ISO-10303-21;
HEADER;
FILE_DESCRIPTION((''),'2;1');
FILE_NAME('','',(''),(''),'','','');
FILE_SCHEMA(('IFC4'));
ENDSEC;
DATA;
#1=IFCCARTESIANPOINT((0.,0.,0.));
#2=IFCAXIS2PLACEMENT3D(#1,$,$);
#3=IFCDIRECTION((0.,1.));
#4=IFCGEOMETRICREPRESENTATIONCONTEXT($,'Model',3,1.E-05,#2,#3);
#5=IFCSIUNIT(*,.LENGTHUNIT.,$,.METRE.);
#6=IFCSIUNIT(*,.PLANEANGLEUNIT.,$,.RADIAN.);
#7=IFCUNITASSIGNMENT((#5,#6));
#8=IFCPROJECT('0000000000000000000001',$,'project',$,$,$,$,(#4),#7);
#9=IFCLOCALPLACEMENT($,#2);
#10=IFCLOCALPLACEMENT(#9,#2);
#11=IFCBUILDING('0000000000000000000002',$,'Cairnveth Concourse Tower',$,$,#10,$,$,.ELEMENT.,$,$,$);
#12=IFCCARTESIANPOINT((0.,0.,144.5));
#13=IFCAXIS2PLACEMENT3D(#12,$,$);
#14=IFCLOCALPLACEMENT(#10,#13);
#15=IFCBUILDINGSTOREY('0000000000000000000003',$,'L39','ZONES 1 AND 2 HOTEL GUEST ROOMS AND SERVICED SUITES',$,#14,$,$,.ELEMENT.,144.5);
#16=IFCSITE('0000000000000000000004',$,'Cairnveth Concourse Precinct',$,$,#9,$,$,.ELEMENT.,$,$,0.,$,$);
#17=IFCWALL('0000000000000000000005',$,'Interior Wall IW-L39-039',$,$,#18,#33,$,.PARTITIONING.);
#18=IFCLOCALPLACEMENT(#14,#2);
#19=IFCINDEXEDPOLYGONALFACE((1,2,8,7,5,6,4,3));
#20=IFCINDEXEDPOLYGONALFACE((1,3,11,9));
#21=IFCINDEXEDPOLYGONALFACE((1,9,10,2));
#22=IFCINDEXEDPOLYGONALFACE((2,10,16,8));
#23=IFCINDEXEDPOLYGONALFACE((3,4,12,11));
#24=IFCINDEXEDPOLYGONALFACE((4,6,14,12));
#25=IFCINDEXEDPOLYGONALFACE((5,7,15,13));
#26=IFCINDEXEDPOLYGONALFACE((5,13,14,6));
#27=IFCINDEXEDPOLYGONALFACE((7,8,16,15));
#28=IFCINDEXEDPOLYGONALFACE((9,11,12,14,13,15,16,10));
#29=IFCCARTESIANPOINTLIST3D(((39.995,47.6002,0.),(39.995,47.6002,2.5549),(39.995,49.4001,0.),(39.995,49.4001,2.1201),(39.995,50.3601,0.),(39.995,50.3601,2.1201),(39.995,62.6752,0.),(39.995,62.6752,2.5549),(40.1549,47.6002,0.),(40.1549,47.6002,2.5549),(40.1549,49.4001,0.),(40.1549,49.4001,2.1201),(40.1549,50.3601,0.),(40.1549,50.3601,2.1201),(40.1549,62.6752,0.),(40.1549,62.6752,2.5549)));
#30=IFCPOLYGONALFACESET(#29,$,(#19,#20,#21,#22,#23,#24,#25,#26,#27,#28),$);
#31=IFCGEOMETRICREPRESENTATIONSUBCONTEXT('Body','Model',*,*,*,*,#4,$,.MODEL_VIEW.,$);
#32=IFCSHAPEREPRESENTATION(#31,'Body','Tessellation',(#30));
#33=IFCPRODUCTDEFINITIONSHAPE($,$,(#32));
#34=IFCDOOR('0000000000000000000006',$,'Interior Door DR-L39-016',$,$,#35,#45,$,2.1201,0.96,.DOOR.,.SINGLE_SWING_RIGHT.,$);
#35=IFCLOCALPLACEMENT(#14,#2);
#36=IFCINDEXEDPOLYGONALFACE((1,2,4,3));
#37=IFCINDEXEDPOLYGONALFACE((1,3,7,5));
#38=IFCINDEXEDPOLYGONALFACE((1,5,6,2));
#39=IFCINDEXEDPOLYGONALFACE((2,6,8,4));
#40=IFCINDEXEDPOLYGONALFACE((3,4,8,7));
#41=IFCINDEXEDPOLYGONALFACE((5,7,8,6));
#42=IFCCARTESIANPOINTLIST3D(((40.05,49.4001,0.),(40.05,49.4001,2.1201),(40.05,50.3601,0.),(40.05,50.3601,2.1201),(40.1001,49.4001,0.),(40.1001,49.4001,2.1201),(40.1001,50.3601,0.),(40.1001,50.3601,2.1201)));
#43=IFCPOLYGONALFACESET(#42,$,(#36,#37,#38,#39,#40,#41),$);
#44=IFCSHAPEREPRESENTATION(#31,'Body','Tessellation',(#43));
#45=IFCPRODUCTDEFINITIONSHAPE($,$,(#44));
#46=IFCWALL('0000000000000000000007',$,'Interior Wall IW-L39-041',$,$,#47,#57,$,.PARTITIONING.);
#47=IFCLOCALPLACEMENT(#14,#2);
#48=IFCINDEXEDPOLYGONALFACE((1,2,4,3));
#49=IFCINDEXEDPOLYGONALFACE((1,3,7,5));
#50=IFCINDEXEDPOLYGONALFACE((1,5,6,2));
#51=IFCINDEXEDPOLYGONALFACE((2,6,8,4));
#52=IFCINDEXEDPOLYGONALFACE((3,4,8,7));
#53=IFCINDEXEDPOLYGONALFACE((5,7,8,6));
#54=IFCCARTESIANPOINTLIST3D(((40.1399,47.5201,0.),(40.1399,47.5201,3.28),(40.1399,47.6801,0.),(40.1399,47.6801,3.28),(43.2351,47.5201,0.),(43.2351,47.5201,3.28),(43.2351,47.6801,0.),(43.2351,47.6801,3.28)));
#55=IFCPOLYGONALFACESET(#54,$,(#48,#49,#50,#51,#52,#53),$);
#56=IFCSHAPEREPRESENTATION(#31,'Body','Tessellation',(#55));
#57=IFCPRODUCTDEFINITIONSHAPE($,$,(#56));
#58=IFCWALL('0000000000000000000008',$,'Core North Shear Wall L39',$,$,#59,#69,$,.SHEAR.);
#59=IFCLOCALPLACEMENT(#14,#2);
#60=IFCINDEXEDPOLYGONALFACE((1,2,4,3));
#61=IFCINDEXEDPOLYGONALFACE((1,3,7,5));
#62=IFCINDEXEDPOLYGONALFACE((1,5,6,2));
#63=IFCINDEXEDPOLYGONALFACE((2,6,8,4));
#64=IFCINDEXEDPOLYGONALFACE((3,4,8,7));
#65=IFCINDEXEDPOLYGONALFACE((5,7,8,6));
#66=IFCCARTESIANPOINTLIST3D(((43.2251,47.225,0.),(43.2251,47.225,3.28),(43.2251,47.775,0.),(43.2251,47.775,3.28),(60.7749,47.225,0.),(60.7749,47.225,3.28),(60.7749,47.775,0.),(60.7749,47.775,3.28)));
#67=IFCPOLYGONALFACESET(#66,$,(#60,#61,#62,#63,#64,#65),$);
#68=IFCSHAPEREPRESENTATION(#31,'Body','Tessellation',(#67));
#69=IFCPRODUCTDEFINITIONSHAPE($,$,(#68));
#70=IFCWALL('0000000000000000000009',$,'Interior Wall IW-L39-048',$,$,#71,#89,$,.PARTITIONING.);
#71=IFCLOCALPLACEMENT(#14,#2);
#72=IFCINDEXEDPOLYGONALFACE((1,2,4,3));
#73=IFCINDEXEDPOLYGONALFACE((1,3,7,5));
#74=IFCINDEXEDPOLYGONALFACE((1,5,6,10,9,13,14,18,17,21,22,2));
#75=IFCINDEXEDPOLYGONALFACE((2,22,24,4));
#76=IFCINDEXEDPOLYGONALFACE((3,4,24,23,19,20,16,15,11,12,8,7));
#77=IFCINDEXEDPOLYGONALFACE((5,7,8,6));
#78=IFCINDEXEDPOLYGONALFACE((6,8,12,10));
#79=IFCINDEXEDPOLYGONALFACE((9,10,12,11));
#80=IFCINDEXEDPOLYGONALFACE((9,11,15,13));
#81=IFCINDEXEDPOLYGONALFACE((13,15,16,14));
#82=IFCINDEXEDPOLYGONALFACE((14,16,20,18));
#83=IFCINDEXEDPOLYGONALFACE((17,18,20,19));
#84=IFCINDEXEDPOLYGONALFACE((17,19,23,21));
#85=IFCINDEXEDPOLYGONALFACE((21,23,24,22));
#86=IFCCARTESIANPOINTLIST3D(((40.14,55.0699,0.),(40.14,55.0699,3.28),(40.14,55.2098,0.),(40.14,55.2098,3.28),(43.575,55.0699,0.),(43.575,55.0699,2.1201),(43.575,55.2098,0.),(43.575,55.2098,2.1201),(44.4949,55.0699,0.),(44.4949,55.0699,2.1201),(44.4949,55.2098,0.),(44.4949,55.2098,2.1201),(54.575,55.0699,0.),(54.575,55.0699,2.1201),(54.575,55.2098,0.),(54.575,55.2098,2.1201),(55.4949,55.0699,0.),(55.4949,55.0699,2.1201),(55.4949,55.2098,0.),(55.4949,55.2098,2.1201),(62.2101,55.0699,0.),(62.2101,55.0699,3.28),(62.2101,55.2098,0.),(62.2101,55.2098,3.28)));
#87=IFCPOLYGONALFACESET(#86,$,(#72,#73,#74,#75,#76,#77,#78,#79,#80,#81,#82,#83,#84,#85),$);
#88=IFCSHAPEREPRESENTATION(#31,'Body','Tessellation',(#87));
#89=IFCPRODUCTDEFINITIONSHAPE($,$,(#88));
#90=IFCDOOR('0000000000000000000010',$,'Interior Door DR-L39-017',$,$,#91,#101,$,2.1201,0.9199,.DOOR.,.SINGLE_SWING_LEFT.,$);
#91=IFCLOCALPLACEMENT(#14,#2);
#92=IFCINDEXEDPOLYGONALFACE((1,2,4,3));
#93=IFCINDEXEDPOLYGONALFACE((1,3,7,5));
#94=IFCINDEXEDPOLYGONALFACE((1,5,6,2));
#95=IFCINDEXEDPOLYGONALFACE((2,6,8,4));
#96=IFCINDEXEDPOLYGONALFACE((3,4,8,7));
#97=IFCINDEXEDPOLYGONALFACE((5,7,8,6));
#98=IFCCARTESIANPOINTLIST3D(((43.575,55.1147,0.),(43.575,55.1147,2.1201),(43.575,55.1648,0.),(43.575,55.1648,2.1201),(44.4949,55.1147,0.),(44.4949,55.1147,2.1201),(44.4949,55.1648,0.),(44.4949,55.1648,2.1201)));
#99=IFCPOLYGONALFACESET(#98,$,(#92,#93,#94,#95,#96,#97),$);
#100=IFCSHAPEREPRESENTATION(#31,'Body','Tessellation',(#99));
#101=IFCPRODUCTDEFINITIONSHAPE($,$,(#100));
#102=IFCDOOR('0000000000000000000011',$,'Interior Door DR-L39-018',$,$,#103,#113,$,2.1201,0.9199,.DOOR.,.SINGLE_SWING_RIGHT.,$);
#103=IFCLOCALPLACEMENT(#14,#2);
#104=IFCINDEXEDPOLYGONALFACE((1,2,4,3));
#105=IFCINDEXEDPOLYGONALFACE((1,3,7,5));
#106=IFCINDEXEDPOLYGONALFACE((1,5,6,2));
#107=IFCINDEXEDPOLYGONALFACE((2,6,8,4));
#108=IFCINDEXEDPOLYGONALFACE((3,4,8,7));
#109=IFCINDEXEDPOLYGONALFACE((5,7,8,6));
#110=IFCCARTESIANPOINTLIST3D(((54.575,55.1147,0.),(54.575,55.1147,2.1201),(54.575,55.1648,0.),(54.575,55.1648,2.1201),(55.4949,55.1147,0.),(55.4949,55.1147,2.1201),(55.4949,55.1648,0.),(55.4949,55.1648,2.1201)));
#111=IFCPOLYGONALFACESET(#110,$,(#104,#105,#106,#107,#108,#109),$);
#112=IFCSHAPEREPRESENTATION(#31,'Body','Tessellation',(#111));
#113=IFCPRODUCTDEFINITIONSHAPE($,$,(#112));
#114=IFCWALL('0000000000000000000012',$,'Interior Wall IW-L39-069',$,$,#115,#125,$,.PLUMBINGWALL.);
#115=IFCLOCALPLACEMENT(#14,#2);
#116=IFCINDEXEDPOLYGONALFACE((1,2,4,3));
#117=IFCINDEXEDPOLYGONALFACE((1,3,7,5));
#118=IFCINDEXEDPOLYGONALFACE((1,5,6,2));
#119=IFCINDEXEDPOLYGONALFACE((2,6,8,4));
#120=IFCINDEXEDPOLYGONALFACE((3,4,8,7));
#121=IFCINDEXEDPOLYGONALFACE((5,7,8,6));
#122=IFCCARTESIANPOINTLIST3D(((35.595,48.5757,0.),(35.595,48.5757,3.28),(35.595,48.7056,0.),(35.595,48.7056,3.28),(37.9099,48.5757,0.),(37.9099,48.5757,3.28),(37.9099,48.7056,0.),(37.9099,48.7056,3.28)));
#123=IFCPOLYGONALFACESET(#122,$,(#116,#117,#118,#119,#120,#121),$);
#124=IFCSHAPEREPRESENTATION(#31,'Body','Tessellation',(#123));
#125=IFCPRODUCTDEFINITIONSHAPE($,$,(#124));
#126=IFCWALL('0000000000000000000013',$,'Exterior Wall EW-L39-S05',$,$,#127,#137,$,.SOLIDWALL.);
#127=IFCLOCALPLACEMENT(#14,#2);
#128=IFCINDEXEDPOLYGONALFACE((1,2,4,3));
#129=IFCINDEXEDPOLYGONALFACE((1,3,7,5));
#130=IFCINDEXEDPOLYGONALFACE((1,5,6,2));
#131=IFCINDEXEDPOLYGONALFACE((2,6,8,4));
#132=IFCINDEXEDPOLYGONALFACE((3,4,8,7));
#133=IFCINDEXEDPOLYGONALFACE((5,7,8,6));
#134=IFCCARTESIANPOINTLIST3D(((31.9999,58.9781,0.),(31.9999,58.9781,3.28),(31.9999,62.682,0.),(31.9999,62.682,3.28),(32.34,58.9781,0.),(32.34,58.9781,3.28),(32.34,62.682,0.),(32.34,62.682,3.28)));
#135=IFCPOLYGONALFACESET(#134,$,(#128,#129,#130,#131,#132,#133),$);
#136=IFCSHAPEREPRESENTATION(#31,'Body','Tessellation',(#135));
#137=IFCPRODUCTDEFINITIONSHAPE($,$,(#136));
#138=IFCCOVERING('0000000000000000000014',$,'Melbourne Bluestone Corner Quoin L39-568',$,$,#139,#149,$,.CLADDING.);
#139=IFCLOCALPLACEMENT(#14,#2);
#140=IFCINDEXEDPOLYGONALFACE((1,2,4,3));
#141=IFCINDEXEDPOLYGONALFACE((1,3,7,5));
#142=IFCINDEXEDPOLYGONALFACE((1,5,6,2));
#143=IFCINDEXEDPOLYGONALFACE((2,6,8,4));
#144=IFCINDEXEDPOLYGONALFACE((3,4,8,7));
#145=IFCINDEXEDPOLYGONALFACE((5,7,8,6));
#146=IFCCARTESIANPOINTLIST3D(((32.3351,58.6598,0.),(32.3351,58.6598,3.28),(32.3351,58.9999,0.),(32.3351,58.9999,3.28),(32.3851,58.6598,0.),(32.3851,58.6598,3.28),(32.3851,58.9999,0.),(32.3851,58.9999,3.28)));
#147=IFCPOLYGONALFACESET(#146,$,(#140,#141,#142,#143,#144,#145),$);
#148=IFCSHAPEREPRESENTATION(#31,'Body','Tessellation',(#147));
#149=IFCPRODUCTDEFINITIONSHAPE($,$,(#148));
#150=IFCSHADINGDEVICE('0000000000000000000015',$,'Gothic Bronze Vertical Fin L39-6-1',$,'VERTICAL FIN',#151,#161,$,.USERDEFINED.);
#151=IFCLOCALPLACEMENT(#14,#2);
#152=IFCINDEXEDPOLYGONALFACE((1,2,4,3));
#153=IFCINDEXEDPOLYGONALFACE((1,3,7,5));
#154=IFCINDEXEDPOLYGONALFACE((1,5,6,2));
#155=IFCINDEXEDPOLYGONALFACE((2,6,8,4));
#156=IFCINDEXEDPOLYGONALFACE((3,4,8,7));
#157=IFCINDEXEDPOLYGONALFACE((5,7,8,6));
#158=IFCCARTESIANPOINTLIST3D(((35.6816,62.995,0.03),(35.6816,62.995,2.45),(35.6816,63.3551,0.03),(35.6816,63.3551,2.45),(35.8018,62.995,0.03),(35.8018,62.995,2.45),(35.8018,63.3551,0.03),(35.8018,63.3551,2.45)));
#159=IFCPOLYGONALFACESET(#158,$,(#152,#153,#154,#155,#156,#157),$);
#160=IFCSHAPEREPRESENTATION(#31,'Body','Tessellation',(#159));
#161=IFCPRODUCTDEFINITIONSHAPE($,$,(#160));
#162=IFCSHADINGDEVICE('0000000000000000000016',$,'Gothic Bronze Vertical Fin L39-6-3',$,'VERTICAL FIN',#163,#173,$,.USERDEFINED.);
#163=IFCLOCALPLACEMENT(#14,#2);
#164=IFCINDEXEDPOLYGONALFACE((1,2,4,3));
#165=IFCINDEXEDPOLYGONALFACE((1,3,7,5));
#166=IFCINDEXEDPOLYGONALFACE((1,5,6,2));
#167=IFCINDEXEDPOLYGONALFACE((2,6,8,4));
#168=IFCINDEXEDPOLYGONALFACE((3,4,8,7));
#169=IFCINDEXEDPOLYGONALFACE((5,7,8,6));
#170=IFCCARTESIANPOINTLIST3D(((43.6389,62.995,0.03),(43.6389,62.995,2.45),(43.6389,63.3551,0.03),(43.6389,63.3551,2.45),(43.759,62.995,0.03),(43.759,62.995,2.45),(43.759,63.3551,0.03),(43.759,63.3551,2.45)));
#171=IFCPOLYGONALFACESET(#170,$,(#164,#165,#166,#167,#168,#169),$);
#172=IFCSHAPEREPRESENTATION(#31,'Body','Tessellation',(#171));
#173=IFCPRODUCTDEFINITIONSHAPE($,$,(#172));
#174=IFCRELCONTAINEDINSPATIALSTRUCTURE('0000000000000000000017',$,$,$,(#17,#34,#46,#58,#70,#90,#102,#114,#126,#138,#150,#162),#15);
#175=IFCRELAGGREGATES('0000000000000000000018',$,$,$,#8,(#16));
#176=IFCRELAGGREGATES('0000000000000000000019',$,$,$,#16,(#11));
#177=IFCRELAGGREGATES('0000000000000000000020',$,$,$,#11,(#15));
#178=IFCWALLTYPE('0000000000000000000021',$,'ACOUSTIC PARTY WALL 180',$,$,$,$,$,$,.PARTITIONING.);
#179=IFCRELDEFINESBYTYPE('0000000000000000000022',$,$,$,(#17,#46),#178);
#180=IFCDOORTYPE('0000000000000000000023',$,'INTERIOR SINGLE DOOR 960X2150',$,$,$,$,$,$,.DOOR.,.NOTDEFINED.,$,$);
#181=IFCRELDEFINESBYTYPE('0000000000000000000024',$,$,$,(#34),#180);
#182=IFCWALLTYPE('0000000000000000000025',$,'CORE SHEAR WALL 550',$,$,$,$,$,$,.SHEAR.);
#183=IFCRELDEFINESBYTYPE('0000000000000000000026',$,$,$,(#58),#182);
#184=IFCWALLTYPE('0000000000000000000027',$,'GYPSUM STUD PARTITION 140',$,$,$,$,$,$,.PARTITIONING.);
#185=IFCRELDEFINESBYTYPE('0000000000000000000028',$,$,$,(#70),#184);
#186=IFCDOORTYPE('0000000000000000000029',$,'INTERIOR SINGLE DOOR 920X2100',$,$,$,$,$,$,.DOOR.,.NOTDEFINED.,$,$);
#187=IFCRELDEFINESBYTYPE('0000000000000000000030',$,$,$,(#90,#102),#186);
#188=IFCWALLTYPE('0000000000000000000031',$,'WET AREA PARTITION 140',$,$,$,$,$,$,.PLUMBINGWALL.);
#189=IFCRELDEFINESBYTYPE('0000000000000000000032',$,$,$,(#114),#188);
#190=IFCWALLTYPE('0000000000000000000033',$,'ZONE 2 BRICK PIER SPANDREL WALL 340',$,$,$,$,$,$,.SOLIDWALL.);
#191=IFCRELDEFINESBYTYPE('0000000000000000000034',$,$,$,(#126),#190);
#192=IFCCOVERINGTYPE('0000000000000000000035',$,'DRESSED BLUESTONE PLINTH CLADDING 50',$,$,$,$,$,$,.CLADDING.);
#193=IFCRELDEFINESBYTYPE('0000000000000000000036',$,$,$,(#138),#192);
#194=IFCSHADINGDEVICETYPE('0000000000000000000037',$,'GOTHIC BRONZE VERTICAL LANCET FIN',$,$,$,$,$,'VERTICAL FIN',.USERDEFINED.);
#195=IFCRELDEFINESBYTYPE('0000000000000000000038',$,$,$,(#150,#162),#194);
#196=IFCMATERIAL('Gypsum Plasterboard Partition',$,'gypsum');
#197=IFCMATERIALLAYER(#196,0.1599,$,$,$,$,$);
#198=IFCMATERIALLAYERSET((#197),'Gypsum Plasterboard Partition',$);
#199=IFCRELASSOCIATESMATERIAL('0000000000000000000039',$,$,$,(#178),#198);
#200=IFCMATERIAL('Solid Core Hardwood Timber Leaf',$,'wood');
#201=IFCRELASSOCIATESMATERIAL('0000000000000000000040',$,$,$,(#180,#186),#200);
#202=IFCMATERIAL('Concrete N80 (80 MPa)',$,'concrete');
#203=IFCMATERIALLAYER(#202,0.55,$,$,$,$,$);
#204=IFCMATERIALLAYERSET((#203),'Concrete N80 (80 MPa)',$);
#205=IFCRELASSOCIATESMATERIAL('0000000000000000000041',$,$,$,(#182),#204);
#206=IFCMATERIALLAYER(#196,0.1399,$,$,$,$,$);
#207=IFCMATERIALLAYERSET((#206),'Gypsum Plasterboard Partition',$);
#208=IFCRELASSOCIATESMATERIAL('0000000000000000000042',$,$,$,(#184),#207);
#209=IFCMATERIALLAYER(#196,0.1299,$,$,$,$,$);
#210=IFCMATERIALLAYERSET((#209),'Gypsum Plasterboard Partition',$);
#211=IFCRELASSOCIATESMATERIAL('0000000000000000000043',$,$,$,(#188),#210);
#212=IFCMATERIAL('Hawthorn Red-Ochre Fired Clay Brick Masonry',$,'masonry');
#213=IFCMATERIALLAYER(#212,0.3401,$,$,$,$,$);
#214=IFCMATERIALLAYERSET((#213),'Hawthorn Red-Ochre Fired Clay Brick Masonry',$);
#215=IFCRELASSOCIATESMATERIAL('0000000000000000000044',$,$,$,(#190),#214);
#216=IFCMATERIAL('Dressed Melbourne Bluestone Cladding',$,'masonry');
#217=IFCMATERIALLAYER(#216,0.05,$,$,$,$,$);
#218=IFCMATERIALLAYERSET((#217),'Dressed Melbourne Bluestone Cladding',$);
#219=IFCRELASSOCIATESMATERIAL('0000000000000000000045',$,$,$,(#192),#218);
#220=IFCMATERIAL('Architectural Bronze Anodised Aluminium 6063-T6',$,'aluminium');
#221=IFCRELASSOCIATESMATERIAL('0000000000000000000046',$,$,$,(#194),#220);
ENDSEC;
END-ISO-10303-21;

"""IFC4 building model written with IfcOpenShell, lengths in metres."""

from ifc_helpers import new_model, si_unit, direction, frame, frame_2d, origin, origin_2d, place, context, subcontext, project, spatial, rectangle, extrude, material, layer, layer_set, type_object, element, fill, save


model = new_model("IFC4")

# Units and contexts
model_context = context("Model", 3, precision=1e-05, world=origin(), true_north=direction((0.0, 1.0)))
body_context = subcontext(model_context, "Body", "Model", "MODEL_VIEW")
ifc_project = project(units=[si_unit("LENGTHUNIT", "METRE"), si_unit("PLANEANGLEUNIT", "RADIAN")], contexts=[model_context])

# Site, building, storey
site_placement = place(None, origin())
site = spatial("IfcSite", under=ifc_project, at=site_placement, Name="Cairnveth Concourse Precinct", CompositionType="ELEMENT", RefElevation=0.0)
building_placement = place(site_placement, origin())
building = spatial("IfcBuilding", under=site, at=building_placement, Name="Cairnveth Concourse Tower", CompositionType="ELEMENT")
storey_placement = place(building_placement, frame((0.0, 0.0, 144.5)))
storey = spatial("IfcBuildingStorey", under=building, at=storey_placement, Name="L39", Description="ZONES 1 AND 2 HOTEL GUEST ROOMS AND SERVICED SUITES", CompositionType="ELEMENT", Elevation=144.5)

# Wall, opening, door
ifc_material_1 = material(Name="Gypsum Plasterboard Partition", Category="gypsum")
ifc_layer_1 = layer(ifc_material_1, 0.1599)
ifc_layer_set_1 = layer_set([ifc_layer_1], Name="Gypsum Plasterboard Partition")
wall_type_1 = type_object("IfcWallType", Name="ACOUSTIC PARTY WALL 180", PredefinedType="PARTITIONING", material=ifc_layer_set_1)
wall_1_placement = place(storey_placement, frame((40.075, 47.6001, 0.0), z_axis=(0.0, 0.0, 1.0), x_axis=(0.0, 1.0, 0.0)))
wall_1 = element("IfcWall", 1, at=wall_1_placement, inside=storey, type_object=wall_type_1, Name="Interior Wall IW-L39-039", PredefinedType="PARTITIONING", context=body_context, shape_type="SweptSolid", body=[
    extrude(rectangle(XDim=15.075, YDim=0.1599, at=frame_2d((7.5376, 0.0))), origin(), (0.0, 0.0, 1.0), 2.5549),
])
opening_1_placement = place(wall_1_placement, frame((1.8, 0.0, 0.0)))
opening_1 = element("IfcOpeningElement", 2, at=opening_1_placement, cuts=wall_1, PredefinedType="OPENING", context=body_context, shape_type="SweptSolid", body=[
    extrude(rectangle(XDim=0.96, YDim=2.1201, at=frame_2d((0.48, 1.0601))), frame((0.0, 0.0898, 0.0), z_axis=(0.0, -1.0, 0.0), x_axis=(1.0, 0.0, 0.0)), (0.0, 0.0, 1.0), 0.1799),
])
ifc_material_2 = material(Name="Solid Core Hardwood Timber Leaf", Category="wood")
door_type_1 = type_object("IfcDoorType", Name="INTERIOR SINGLE DOOR 960X2150", OperationType="NOTDEFINED", PredefinedType="DOOR", material=ifc_material_2)
door_1_placement = place(opening_1_placement, origin())
door_1 = element("IfcDoor", 3, at=door_1_placement, inside=storey, type_object=door_type_1, Name="Interior Door DR-L39-016", OperationType="SINGLE_SWING_RIGHT", OverallHeight=2.1201, OverallWidth=0.96, PredefinedType="DOOR", context=body_context, shape_type="SweptSolid", body=[
    extrude(rectangle(XDim=0.96, YDim=2.1201, at=frame_2d((0.48, 1.0601))), frame((0.0, 0.0249, 0.0), z_axis=(0.0, -1.0, 0.0), x_axis=(1.0, 0.0, 0.0)), (0.0, 0.0, 1.0), 0.05),
])
fill(opening_1, door_1)

# Walls
wall_2_placement = place(storey_placement, frame((40.1399, 47.6001, 0.0), z_axis=(0.0, 0.0, 1.0), x_axis=(1.0, 0.0, 0.0)))
element("IfcWall", 4, at=wall_2_placement, inside=storey, type_object=wall_type_1, Name="Interior Wall IW-L39-041", PredefinedType="PARTITIONING", context=body_context, shape_type="SweptSolid", body=[
    extrude(rectangle(XDim=3.0952, YDim=0.1599, at=frame_2d((1.5476, 0.0))), origin(), (0.0, 0.0, 1.0), 3.28),
])
ifc_material_3 = material(Name="Concrete N80 (80 MPa)", Category="concrete")
ifc_layer_2 = layer(ifc_material_3, 0.55)
ifc_layer_set_2 = layer_set([ifc_layer_2], Name="Concrete N80 (80 MPa)")
wall_type_2 = type_object("IfcWallType", Name="CORE SHEAR WALL 550", PredefinedType="SHEAR", material=ifc_layer_set_2)
wall_3_placement = place(storey_placement, frame((43.2251, 47.5, 0.0), z_axis=(0.0, 0.0, 1.0), x_axis=(1.0, 0.0, 0.0)))
element("IfcWall", 5, at=wall_3_placement, inside=storey, type_object=wall_type_2, Name="Core North Shear Wall L39", PredefinedType="SHEAR", context=body_context, shape_type="SweptSolid", body=[
    extrude(rectangle(XDim=17.5498, YDim=0.55, at=frame_2d((8.7749, 0.0))), origin(), (0.0, 0.0, 1.0), 3.28),
])

# Wall, openings, doors
ifc_layer_3 = layer(ifc_material_1, 0.1399)
ifc_layer_set_3 = layer_set([ifc_layer_3], Name="Gypsum Plasterboard Partition")
wall_type_3 = type_object("IfcWallType", Name="GYPSUM STUD PARTITION 140", PredefinedType="PARTITIONING", material=ifc_layer_set_3)
wall_4_placement = place(storey_placement, frame((40.1399, 55.1399, 0.0), z_axis=(0.0, 0.0, 1.0), x_axis=(1.0, 0.0, 0.0)))
wall_4 = element("IfcWall", 6, at=wall_4_placement, inside=storey, type_object=wall_type_3, Name="Interior Wall IW-L39-048", PredefinedType="PARTITIONING", context=body_context, shape_type="SweptSolid", body=[
    extrude(rectangle(XDim=22.0701, YDim=0.1399, at=frame_2d((11.0352, 0.0))), origin(), (0.0, 0.0, 1.0), 3.28),
])
opening_2_placement = place(wall_4_placement, frame((3.4351, 0.0, 0.0)))
opening_2 = element("IfcOpeningElement", 7, at=opening_2_placement, cuts=wall_4, PredefinedType="OPENING", context=body_context, shape_type="SweptSolid", body=[
    extrude(rectangle(XDim=0.9199, YDim=2.1201, at=frame_2d((0.46, 1.0601))), frame((0.0, 0.0798, 0.0), z_axis=(0.0, -1.0, 0.0), x_axis=(1.0, 0.0, 0.0)), (0.0, 0.0, 1.0), 0.1599),
])
opening_3_placement = place(wall_4_placement, frame((14.4351, 0.0, 0.0)))
opening_3 = element("IfcOpeningElement", 8, at=opening_3_placement, cuts=wall_4, PredefinedType="OPENING", context=body_context, shape_type="SweptSolid", body=[
    extrude(rectangle(XDim=0.9199, YDim=2.1201, at=frame_2d((0.46, 1.0601))), frame((0.0, 0.0798, 0.0), z_axis=(0.0, -1.0, 0.0), x_axis=(1.0, 0.0, 0.0)), (0.0, 0.0, 1.0), 0.1599),
])
door_type_2 = type_object("IfcDoorType", Name="INTERIOR SINGLE DOOR 920X2100", OperationType="NOTDEFINED", PredefinedType="DOOR", material=ifc_material_2)
door_2_placement = place(opening_2_placement, origin())
door_2 = element("IfcDoor", 9, at=door_2_placement, inside=storey, type_object=door_type_2, Name="Interior Door DR-L39-017", OperationType="SINGLE_SWING_LEFT", OverallHeight=2.1201, OverallWidth=0.9199, PredefinedType="DOOR", context=body_context, shape_type="SweptSolid", body=[
    extrude(rectangle(XDim=0.9199, YDim=2.1201, at=frame_2d((0.46, 1.0601))), frame((0.0, 0.0249, 0.0), z_axis=(0.0, -1.0, 0.0), x_axis=(1.0, 0.0, 0.0)), (0.0, 0.0, 1.0), 0.05),
])
fill(opening_2, door_2)
door_3_placement = place(opening_3_placement, origin())
door_3 = element("IfcDoor", 10, at=door_3_placement, inside=storey, type_object=door_type_2, Name="Interior Door DR-L39-018", OperationType="SINGLE_SWING_RIGHT", OverallHeight=2.1201, OverallWidth=0.9199, PredefinedType="DOOR", context=body_context, shape_type="SweptSolid", body=[
    extrude(rectangle(XDim=0.9199, YDim=2.1201, at=frame_2d((0.46, 1.0601))), frame((0.0, 0.0249, 0.0), z_axis=(0.0, -1.0, 0.0), x_axis=(1.0, 0.0, 0.0)), (0.0, 0.0, 1.0), 0.05),
])
fill(opening_3, door_3)

# Walls
ifc_layer_4 = layer(ifc_material_1, 0.1299)
ifc_layer_set_4 = layer_set([ifc_layer_4], Name="Gypsum Plasterboard Partition")
wall_type_4 = type_object("IfcWallType", Name="WET AREA PARTITION 140", PredefinedType="PLUMBINGWALL", material=ifc_layer_set_4)
wall_5_placement = place(storey_placement, frame((35.595, 48.6406, 0.0), z_axis=(0.0, 0.0, 1.0), x_axis=(1.0, 0.0, 0.0)))
element("IfcWall", 11, at=wall_5_placement, inside=storey, type_object=wall_type_4, Name="Interior Wall IW-L39-069", PredefinedType="PLUMBINGWALL", context=body_context, shape_type="SweptSolid", body=[
    extrude(rectangle(XDim=2.3149, YDim=0.1299, at=frame_2d((1.1575, 0.0))), origin(), (0.0, 0.0, 1.0), 3.28),
])
ifc_material_4 = material(Name="Hawthorn Red-Ochre Fired Clay Brick Masonry", Category="masonry")
ifc_layer_5 = layer(ifc_material_4, 0.3401)
ifc_layer_set_5 = layer_set([ifc_layer_5], Name="Hawthorn Red-Ochre Fired Clay Brick Masonry")
wall_type_5 = type_object("IfcWallType", Name="ZONE 2 BRICK PIER SPANDREL WALL 340", PredefinedType="SOLIDWALL", material=ifc_layer_set_5)
wall_6_placement = place(storey_placement, frame((32.1699, 58.978, 0.0), z_axis=(0.0, 0.0, 1.0), x_axis=(0.0, 1.0, 0.0)))
element("IfcWall", 12, at=wall_6_placement, inside=storey, type_object=wall_type_5, Name="Exterior Wall EW-L39-S05", PredefinedType="SOLIDWALL", context=body_context, shape_type="SweptSolid", body=[
    extrude(rectangle(XDim=3.7039, YDim=0.3401, at=frame_2d((1.8521, 0.0))), origin(), (0.0, 0.0, 1.0), 3.28),
])

# Covering
ifc_material_5 = material(Name="Dressed Melbourne Bluestone Cladding", Category="masonry")
ifc_layer_6 = layer(ifc_material_5, 0.05)
ifc_layer_set_6 = layer_set([ifc_layer_6], Name="Dressed Melbourne Bluestone Cladding")
covering_type = type_object("IfcCoveringType", Name="DRESSED BLUESTONE PLINTH CLADDING 50", PredefinedType="CLADDING", material=ifc_layer_set_6)
covering_placement = place(storey_placement, frame((32.3601, 58.6599, 0.0), z_axis=(0.0, 0.0, 1.0), x_axis=(0.0, 1.0, 0.0)))
element("IfcCovering", 13, at=covering_placement, inside=storey, type_object=covering_type, Name="Melbourne Bluestone Corner Quoin L39-568", PredefinedType="CLADDING", context=body_context, shape_type="SweptSolid", body=[
    extrude(rectangle(XDim=0.3401, YDim=0.05, at=frame_2d((0.1699, 0.0))), origin(), (0.0, 0.0, 1.0), 3.28),
])

# Shading devices
ifc_material_6 = material(Name="Architectural Bronze Anodised Aluminium 6063-T6", Category="aluminium")
shading_device_type = type_object("IfcShadingDeviceType", Name="GOTHIC BRONZE VERTICAL LANCET FIN", ElementType="VERTICAL FIN", PredefinedType="USERDEFINED", material=ifc_material_6)
for number, where, z_axis, x_axis, name in (
    (14, (35.7417, 63.175, 0.03), (0.0, 0.0, 1.0), (1.0, 0.0, 0.0), "Gothic Bronze Vertical Fin L39-6-1"),
    (15, (43.699, 63.175, 0.03), (0.0, 0.0, 1.0), (1.0, 0.0, 0.0), "Gothic Bronze Vertical Fin L39-6-3"),
):
    element("IfcShadingDevice", number, at=place(storey_placement, frame(where, z_axis=z_axis, x_axis=x_axis)), inside=storey, type_object=shading_device_type, Name=name, ObjectType="VERTICAL FIN", PredefinedType="USERDEFINED", context=body_context, shape_type="SweptSolid", body=[
        extrude(rectangle(XDim=0.1201, YDim=0.3601, at=origin_2d()), origin(), (0.0, 0.0, 1.0), 2.4199),
    ])

save(model, "model.ifc")
